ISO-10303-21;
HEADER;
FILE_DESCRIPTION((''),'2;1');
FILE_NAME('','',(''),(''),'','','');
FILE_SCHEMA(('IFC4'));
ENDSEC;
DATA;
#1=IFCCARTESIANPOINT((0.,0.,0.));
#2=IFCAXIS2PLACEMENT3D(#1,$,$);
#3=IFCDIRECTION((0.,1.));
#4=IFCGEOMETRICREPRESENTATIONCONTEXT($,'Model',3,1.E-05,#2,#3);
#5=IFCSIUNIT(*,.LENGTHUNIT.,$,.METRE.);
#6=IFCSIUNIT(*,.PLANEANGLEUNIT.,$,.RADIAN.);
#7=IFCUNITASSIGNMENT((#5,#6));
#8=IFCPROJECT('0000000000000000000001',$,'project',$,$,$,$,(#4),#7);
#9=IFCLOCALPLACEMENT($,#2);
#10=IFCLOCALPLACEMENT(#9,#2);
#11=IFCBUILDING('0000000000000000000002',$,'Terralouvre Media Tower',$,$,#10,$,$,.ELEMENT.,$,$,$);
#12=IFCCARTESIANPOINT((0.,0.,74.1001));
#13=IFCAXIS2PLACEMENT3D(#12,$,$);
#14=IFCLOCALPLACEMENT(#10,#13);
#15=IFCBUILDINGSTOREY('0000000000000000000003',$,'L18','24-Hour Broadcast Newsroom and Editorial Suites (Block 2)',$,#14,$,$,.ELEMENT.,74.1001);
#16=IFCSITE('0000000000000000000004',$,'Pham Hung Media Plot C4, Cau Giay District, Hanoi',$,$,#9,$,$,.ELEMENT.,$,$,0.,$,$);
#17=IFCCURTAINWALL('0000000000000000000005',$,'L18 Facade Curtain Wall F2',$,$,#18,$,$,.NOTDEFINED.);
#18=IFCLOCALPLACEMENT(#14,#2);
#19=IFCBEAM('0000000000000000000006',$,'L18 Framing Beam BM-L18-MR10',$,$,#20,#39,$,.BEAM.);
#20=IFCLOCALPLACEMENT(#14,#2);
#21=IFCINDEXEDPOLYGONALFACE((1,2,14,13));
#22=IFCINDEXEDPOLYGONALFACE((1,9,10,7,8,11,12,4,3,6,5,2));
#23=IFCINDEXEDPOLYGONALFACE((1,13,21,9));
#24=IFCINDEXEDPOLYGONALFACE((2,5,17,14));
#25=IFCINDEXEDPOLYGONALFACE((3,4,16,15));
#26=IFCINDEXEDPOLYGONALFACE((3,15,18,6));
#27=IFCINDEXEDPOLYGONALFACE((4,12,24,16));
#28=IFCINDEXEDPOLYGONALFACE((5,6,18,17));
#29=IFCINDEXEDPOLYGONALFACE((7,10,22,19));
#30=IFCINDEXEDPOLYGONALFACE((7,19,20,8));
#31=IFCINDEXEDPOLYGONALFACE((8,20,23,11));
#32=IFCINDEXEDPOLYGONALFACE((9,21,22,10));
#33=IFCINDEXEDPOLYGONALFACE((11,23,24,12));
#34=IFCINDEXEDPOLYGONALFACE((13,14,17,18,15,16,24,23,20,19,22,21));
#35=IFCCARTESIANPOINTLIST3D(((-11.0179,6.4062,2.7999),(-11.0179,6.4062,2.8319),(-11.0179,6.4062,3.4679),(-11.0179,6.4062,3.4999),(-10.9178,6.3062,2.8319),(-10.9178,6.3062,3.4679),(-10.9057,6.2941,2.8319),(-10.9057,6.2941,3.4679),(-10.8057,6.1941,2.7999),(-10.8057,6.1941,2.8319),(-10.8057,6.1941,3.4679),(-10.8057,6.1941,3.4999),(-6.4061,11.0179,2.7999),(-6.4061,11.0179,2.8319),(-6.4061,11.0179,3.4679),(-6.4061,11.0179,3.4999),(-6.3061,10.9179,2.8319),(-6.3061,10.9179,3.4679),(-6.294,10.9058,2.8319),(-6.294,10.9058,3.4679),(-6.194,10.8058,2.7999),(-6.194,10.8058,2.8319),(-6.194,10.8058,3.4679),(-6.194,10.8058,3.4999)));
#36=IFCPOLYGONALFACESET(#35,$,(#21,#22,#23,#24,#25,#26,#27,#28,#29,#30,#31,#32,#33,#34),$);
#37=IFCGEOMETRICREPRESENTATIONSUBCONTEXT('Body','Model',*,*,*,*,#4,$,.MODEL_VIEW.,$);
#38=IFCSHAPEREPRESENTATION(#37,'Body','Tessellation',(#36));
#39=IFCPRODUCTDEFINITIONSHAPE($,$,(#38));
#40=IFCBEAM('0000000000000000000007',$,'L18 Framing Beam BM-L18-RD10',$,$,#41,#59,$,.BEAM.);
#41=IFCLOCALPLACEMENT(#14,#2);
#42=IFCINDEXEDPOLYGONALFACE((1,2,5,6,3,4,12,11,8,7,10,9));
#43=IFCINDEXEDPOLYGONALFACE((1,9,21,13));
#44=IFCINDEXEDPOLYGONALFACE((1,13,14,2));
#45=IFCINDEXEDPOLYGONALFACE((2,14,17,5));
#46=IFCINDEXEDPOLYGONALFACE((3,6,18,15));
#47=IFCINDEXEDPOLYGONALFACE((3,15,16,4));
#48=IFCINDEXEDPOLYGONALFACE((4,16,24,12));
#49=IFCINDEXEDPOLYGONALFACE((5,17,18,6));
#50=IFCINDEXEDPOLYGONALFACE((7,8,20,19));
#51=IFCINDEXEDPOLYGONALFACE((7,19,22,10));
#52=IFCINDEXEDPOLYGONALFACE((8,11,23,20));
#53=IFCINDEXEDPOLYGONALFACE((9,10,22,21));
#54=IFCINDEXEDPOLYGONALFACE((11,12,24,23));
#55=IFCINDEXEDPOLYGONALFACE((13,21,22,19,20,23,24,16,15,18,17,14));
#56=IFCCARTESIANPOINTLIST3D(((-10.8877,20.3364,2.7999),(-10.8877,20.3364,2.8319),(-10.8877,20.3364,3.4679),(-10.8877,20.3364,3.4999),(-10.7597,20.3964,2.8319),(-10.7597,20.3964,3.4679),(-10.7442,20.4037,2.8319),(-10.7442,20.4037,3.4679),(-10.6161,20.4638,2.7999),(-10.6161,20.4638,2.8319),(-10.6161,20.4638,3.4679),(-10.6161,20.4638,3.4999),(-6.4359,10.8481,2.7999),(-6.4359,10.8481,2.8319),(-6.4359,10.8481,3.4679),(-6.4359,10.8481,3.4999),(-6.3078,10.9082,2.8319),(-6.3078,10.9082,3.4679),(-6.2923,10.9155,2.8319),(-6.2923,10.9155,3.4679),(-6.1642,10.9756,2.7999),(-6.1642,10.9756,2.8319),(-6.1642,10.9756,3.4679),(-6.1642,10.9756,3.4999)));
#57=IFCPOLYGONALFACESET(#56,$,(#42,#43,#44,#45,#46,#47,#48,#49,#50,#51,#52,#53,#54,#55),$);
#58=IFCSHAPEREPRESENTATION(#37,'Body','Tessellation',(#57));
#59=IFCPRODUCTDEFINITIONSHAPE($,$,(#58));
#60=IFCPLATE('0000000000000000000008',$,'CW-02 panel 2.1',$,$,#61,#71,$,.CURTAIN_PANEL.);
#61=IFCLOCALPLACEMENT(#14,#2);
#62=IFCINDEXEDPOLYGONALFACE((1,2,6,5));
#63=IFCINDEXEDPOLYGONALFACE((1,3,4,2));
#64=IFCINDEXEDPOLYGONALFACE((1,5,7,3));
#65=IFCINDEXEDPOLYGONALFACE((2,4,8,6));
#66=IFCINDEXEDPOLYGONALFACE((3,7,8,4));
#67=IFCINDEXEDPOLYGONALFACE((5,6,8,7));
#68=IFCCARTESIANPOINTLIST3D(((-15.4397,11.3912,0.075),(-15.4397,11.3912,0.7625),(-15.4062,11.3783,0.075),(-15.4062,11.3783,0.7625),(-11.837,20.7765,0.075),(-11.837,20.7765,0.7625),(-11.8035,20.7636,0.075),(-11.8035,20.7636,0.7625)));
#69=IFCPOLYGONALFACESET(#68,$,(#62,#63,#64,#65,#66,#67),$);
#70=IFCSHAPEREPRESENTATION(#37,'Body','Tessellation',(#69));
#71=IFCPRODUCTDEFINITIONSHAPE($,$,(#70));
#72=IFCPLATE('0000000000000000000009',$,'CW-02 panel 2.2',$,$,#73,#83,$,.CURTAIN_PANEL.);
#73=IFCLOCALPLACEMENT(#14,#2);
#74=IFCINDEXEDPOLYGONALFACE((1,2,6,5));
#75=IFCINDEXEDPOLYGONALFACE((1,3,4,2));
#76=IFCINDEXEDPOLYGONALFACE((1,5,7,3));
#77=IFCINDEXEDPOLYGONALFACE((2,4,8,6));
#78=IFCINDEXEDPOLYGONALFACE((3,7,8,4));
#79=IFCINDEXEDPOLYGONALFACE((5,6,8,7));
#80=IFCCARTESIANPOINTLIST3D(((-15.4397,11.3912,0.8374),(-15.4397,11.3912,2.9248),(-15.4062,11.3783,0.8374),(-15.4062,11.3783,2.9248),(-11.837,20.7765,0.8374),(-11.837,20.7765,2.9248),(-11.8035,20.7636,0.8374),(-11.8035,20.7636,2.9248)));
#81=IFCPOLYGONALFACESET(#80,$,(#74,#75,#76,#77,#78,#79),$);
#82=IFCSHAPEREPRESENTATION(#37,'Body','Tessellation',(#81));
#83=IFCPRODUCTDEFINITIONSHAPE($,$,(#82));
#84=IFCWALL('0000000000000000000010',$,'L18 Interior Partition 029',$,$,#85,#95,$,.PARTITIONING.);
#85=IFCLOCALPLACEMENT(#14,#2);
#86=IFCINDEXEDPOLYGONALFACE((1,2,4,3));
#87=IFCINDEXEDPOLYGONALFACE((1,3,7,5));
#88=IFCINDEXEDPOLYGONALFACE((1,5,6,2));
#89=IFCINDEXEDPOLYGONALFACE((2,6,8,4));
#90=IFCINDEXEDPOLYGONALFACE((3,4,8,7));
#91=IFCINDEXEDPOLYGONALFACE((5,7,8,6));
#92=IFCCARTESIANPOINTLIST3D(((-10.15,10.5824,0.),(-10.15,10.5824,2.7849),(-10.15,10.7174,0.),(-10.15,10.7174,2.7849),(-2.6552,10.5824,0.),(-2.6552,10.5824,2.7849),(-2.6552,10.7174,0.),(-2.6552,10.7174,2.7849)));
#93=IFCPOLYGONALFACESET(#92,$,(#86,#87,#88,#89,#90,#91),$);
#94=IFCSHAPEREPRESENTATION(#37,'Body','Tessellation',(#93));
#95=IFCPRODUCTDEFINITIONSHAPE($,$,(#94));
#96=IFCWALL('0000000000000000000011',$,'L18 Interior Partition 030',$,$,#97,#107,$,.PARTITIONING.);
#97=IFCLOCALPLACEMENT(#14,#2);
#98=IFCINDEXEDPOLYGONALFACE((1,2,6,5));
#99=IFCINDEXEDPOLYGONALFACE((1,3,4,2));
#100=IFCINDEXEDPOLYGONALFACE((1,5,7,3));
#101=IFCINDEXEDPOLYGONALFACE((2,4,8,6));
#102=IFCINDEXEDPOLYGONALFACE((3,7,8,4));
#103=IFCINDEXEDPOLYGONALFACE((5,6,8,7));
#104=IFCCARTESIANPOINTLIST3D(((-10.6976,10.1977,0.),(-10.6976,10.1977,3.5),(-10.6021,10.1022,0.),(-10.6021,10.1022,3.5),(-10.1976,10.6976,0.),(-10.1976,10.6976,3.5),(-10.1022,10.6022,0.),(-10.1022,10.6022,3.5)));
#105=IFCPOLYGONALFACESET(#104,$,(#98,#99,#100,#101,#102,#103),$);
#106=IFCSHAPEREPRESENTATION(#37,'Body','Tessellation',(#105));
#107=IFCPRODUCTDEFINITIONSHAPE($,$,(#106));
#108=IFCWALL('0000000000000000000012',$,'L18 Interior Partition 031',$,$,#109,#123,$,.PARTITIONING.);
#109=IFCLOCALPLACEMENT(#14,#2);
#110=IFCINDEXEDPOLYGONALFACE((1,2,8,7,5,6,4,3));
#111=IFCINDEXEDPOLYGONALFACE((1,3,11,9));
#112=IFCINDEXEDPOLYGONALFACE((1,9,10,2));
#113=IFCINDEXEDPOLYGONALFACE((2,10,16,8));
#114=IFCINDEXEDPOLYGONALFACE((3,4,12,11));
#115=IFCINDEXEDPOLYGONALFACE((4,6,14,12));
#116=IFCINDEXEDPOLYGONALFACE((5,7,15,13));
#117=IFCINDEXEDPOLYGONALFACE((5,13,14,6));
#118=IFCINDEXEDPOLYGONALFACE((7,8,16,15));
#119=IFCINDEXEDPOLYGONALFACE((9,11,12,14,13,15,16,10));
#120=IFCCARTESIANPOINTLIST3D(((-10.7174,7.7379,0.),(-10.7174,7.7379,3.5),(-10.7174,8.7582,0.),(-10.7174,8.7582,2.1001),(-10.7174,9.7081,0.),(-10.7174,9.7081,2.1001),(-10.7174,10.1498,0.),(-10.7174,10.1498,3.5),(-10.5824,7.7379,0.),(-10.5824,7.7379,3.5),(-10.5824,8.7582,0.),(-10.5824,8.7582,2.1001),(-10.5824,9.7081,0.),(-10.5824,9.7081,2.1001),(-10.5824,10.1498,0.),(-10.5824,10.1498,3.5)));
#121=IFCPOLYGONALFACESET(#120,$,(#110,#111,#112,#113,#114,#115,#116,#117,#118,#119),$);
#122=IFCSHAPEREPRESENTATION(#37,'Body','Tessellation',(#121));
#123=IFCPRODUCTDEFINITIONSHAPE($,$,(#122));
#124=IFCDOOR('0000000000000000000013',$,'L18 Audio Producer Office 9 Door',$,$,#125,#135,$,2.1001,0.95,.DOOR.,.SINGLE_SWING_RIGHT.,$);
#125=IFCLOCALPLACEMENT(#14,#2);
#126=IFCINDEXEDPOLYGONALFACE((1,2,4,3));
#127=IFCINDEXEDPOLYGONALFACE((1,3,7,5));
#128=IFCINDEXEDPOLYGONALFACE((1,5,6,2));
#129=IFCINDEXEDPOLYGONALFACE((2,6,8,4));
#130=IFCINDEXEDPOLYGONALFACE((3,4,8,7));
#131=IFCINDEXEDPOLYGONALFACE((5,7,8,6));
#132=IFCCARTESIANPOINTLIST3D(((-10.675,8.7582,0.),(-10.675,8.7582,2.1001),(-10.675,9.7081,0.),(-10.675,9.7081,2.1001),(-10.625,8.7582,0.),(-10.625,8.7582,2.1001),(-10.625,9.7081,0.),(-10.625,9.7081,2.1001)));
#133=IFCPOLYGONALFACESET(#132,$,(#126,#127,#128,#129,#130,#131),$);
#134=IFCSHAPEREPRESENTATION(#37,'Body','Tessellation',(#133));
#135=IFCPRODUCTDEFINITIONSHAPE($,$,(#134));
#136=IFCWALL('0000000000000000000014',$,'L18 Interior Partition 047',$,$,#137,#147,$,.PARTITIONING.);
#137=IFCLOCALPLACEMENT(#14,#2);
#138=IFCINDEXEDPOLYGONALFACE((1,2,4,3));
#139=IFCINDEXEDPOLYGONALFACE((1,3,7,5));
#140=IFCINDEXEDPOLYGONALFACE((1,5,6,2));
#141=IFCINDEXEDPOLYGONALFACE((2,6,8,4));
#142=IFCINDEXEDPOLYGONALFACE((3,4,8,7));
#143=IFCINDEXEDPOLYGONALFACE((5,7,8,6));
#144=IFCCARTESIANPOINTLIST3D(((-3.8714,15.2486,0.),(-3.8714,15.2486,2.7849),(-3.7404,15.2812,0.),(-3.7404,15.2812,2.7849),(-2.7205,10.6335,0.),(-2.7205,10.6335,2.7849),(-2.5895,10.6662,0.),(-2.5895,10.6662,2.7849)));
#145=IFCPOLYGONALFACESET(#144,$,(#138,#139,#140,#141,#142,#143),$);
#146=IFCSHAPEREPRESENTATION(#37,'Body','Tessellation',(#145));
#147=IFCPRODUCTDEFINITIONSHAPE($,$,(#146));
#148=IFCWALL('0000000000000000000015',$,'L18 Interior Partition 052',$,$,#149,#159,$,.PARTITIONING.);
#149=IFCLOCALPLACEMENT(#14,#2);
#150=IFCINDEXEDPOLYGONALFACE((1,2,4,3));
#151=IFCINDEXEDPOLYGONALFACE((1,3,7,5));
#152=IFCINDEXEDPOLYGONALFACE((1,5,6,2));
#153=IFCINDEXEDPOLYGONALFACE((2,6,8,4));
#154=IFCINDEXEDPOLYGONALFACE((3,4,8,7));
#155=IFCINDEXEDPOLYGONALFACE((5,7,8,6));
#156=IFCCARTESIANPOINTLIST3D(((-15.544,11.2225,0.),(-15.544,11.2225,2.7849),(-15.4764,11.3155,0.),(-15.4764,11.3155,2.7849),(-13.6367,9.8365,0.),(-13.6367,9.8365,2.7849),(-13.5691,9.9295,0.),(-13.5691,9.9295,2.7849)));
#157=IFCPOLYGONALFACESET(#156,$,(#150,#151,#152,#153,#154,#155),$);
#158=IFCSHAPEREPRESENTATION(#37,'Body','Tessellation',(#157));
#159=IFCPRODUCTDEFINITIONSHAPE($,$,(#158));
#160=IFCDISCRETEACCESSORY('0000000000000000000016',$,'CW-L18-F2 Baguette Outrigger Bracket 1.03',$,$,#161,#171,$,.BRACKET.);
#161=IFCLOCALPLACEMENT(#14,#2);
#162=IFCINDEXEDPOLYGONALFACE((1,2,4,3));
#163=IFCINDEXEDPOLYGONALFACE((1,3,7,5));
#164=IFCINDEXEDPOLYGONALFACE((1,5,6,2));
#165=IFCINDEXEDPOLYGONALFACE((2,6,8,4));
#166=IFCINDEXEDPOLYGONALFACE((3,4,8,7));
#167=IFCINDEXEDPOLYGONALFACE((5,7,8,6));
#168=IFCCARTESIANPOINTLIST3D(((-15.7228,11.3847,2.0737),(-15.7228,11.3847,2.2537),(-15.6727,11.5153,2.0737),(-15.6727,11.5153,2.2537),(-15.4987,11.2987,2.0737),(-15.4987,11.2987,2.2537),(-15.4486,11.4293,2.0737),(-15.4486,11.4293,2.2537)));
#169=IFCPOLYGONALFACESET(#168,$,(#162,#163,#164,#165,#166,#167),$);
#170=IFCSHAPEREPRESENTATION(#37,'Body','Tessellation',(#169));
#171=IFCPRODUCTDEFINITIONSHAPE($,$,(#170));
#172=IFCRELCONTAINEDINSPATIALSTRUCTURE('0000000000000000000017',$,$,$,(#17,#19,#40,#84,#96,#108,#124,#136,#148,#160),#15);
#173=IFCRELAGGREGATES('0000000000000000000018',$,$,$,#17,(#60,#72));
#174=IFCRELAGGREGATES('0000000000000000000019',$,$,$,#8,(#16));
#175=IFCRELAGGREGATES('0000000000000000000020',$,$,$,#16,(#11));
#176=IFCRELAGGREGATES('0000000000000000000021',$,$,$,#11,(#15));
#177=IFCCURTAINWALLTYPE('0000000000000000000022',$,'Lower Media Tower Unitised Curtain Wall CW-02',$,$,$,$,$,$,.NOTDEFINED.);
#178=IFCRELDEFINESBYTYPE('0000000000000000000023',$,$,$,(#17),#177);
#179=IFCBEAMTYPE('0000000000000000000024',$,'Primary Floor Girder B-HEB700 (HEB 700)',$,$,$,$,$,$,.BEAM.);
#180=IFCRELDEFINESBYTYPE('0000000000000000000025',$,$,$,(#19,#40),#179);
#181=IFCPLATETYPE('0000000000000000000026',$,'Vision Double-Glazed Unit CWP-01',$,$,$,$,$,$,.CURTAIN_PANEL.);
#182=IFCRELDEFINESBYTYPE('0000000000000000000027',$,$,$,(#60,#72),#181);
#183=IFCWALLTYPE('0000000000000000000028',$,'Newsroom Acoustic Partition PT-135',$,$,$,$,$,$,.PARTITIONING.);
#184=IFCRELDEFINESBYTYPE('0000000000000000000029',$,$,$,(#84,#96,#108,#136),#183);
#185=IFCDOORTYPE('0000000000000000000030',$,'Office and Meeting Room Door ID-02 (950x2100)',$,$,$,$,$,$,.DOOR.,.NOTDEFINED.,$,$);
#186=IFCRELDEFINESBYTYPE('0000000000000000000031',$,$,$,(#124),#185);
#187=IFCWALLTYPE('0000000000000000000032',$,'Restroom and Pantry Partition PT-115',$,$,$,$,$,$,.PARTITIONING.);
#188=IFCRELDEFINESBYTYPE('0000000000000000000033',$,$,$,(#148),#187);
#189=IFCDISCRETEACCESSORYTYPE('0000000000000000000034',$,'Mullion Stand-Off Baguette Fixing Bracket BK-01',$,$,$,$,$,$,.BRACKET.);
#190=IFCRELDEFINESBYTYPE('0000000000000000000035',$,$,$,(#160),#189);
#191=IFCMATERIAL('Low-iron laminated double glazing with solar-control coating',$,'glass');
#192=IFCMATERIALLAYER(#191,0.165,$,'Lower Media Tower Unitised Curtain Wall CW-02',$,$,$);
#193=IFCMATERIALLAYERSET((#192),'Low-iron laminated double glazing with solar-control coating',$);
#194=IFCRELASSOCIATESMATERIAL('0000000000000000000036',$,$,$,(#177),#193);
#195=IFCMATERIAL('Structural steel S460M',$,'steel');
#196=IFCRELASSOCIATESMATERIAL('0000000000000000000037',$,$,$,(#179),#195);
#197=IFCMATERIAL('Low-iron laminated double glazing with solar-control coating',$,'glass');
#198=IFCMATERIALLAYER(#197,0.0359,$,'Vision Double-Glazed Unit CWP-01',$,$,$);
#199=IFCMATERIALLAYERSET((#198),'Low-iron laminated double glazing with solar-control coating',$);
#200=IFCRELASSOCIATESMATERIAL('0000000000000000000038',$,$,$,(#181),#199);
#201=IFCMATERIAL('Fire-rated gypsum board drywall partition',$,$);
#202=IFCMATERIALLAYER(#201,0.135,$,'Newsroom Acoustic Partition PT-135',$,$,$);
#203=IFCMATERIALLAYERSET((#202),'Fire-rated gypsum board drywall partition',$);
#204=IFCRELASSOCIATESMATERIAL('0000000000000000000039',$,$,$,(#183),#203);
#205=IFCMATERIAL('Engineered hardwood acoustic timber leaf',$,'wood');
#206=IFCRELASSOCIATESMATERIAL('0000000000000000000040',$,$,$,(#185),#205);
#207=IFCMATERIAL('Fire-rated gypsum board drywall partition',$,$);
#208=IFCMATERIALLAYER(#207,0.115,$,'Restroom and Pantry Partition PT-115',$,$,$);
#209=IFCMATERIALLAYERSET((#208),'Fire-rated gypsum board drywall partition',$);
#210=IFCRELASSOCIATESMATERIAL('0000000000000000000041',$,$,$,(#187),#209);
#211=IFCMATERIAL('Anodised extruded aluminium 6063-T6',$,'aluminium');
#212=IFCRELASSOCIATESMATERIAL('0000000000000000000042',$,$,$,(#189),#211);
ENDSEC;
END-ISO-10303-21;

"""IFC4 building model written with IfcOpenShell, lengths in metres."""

from ifc_helpers import new_model, si_unit, direction, frame, frame_2d, origin, origin_2d, place, context, subcontext, project, spatial, rectangle, i_section, extrude, material, layer, layer_set, material_profile, profile_set, type_object, element, fill, aggregate, save


model = new_model("IFC4")

# Units and contexts
model_context = context("Model", 3, precision=1e-05, world=origin(), true_north=direction((0.0, 1.0)))
body_context = subcontext(model_context, "Body", "Model", "MODEL_VIEW")
ifc_project = project(units=[si_unit("LENGTHUNIT", "METRE"), si_unit("PLANEANGLEUNIT", "RADIAN")], contexts=[model_context])

# Site, building, storey
site_placement = place(None, origin())
site = spatial("IfcSite", under=ifc_project, at=site_placement, Name="Pham Hung Media Plot C4, Cau Giay District, Hanoi", CompositionType="ELEMENT", RefElevation=0.0)
building_placement = place(site_placement, origin())
building = spatial("IfcBuilding", under=site, at=building_placement, Name="Terralouvre Media Tower", CompositionType="ELEMENT")
storey_placement = place(building_placement, frame((0.0, 0.0, 74.1001)))
storey = spatial("IfcBuildingStorey", under=building, at=storey_placement, Name="L18", Description="24-Hour Broadcast Newsroom and Editorial Suites (Block 2)", CompositionType="ELEMENT", Elevation=74.1001)

# Curtain wall
ifc_material_1 = material(Name="Low-iron laminated double glazing with solar-control coating", Category="glass")
ifc_layer_1 = layer(ifc_material_1, 0.165, Name="Lower Media Tower Unitised Curtain Wall CW-02")
ifc_layer_set_1 = layer_set([ifc_layer_1], Name="Low-iron laminated double glazing with solar-control coating")
curtain_wall_type = type_object("IfcCurtainWallType", Name="Lower Media Tower Unitised Curtain Wall CW-02", PredefinedType="NOTDEFINED", material=ifc_layer_set_1)
curtain_wall_placement = place(storey_placement, origin())
curtain_wall = element("IfcCurtainWall", 1, at=curtain_wall_placement, inside=storey, type_object=curtain_wall_type, Name="L18 Facade Curtain Wall F2", PredefinedType="NOTDEFINED")

# Beams
ifc_material_2 = material(Name="Structural steel S460M", Category="steel")
ifc_material_profile_1 = material_profile(ifc_material_2, i_section(OverallWidth=0.3, OverallDepth=0.7, WebThickness=0.0171, FlangeThickness=0.032, at=origin_2d()), Name="HEB 700")
ifc_profile_set_1 = profile_set([ifc_material_profile_1], Name="Structural steel S460M")
beam_type_1 = type_object("IfcBeamType", Name="Primary Floor Girder B-HEB700 (HEB 700)", PredefinedType="BEAM", material=ifc_profile_set_1)
beam_1_placement = place(storey_placement, frame((-6.3, 10.9119, 3.1499), z_axis=(-0.707107, -0.707107, 0.0), x_axis=(0.707107, -0.707107, 0.0)))
element("IfcBeam", 2, at=beam_1_placement, inside=storey, type_object=beam_type_1, Name="L18 Framing Beam BM-L18-MR10", PredefinedType="BEAM", context=body_context, shape_type="SweptSolid", body=[
    extrude(i_section(OverallWidth=0.3, OverallDepth=0.7, WebThickness=0.0171, FlangeThickness=0.032, at=origin_2d()), origin(), (0.0, 0.0, 1.0), 6.522),
])
beam_2_placement = place(storey_placement, frame((-6.3, 10.9119, 3.1499), z_axis=(-0.424768, 0.905302, 0.0), x_axis=(-0.905302, -0.424768, 0.0)))
element("IfcBeam", 3, at=beam_2_placement, inside=storey, type_object=beam_type_1, Name="L18 Framing Beam BM-L18-RD10", PredefinedType="BEAM", context=body_context, shape_type="SweptSolid", body=[
    extrude(i_section(OverallWidth=0.3, OverallDepth=0.7, WebThickness=0.0171, FlangeThickness=0.032, at=origin_2d()), origin(), (0.0, 0.0, 1.0), 10.4807),
])

# Plates
ifc_material_3 = material(Name="Low-iron laminated double glazing with solar-control coating", Category="glass")
ifc_layer_2 = layer(ifc_material_3, 0.0359, Name="Vision Double-Glazed Unit CWP-01")
ifc_layer_set_2 = layer_set([ifc_layer_2], Name="Low-iron laminated double glazing with solar-control coating")
plate_type = type_object("IfcPlateType", Name="Vision Double-Glazed Unit CWP-01", PredefinedType="CURTAIN_PANEL", material=ifc_layer_set_2)
plate_1_placement = place(storey_placement, frame((-13.6216, 16.0774, 0.075), z_axis=(0.0, 0.0, 1.0), x_axis=(-0.358368, -0.93358, 0.0)))
plate_1 = element("IfcPlate", 4, at=plate_1_placement, type_object=plate_type, Name="CW-02 panel 2.1", PredefinedType="CURTAIN_PANEL", context=body_context, shape_type="SweptSolid", body=[
    extrude(rectangle(XDim=10.053, YDim=0.0359, at=origin_2d()), origin(), (0.0, 0.0, 1.0), 0.6875),
])
plate_2_placement = place(storey_placement, frame((-13.6216, 16.0774, 0.8374), z_axis=(0.0, 0.0, 1.0), x_axis=(-0.358368, -0.93358, 0.0)))
plate_2 = element("IfcPlate", 5, at=plate_2_placement, type_object=plate_type, Name="CW-02 panel 2.2", PredefinedType="CURTAIN_PANEL", context=body_context, shape_type="SweptSolid", body=[
    extrude(rectangle(XDim=10.053, YDim=0.0359, at=origin_2d()), origin(), (0.0, 0.0, 1.0), 2.0874),
])
aggregate(curtain_wall, [plate_1, plate_2])

# Walls
ifc_material_4 = material(Name="Fire-rated gypsum board drywall partition")
ifc_layer_3 = layer(ifc_material_4, 0.135, Name="Newsroom Acoustic Partition PT-135")
ifc_layer_set_3 = layer_set([ifc_layer_3], Name="Fire-rated gypsum board drywall partition")
wall_type_1 = type_object("IfcWallType", Name="Newsroom Acoustic Partition PT-135", PredefinedType="PARTITIONING", material=ifc_layer_set_3)
wall_1_placement = place(storey_placement, frame((-2.655, 10.6499, 0.0), z_axis=(0.0, 0.0, 1.0), x_axis=(-1.0, 0.0, 0.0)))
element("IfcWall", 6, at=wall_1_placement, inside=storey, type_object=wall_type_1, Name="L18 Interior Partition 029", PredefinedType="PARTITIONING", context=body_context, shape_type="SweptSolid", body=[
    extrude(rectangle(XDim=7.4949, YDim=0.135, at=frame_2d((3.7476, 0.0))), origin(), (0.0, 0.0, 1.0), 2.7849),
])
wall_2_placement = place(storey_placement, frame((-10.1499, 10.6499, 0.0), z_axis=(0.0, 0.0, 1.0), x_axis=(-0.707107, -0.707107, 0.0)))
element("IfcWall", 7, at=wall_2_placement, inside=storey, type_object=wall_type_1, Name="L18 Interior Partition 030", PredefinedType="PARTITIONING", context=body_context, shape_type="SweptSolid", body=[
    extrude(rectangle(XDim=0.707, YDim=0.135, at=frame_2d((0.3535, 0.0))), origin(), (0.0, 0.0, 1.0), 3.5),
])

# Wall, opening, door
wall_3_placement = place(storey_placement, frame((-10.6499, 10.1499, 0.0), z_axis=(0.0, 0.0, 1.0), x_axis=(0.0, -1.0, 0.0)))
wall_3 = element("IfcWall", 8, at=wall_3_placement, inside=storey, type_object=wall_type_1, Name="L18 Interior Partition 031", PredefinedType="PARTITIONING", context=body_context, shape_type="SweptSolid", body=[
    extrude(rectangle(XDim=2.4119, YDim=0.135, at=frame_2d((1.2061, 0.0))), origin(), (0.0, 0.0, 1.0), 3.5),
])
opening_placement = place(wall_3_placement, frame((0.4417, 0.0, 0.0)))
opening = element("IfcOpeningElement", 9, at=opening_placement, cuts=wall_3, PredefinedType="OPENING", context=body_context, shape_type="SweptSolid", body=[
    extrude(rectangle(XDim=0.95, YDim=2.1001, at=frame_2d((0.4751, 1.05))), frame((0.0, 0.0774, 0.0), z_axis=(0.0, -1.0, 0.0), x_axis=(1.0, 0.0, 0.0)), (0.0, 0.0, 1.0), 0.155),
])
ifc_material_5 = material(Name="Engineered hardwood acoustic timber leaf", Category="wood")
door_type = type_object("IfcDoorType", Name="Office and Meeting Room Door ID-02 (950x2100)", OperationType="NOTDEFINED", PredefinedType="DOOR", material=ifc_material_5)
door_placement = place(opening_placement, origin())
door = element("IfcDoor", 10, at=door_placement, inside=storey, type_object=door_type, Name="L18 Audio Producer Office 9 Door", OperationType="SINGLE_SWING_RIGHT", OverallHeight=2.1001, OverallWidth=0.95, PredefinedType="DOOR", context=body_context, shape_type="SweptSolid", body=[
    extrude(rectangle(XDim=0.95, YDim=2.1001, at=frame_2d((0.4751, 1.05))), frame((0.0, 0.0249, 0.0), z_axis=(0.0, -1.0, 0.0), x_axis=(1.0, 0.0, 0.0)), (0.0, 0.0, 1.0), 0.05),
])
fill(opening, door)

# Walls
wall_4_placement = place(storey_placement, frame((-3.8059, 15.2649, 0.0), z_axis=(0.0, 0.0, 1.0), x_axis=(0.241968, -0.970284, 0.0)))
element("IfcWall", 11, at=wall_4_placement, inside=storey, type_object=wall_type_1, Name="L18 Interior Partition 047", PredefinedType="PARTITIONING", context=body_context, shape_type="SweptSolid", body=[
    extrude(rectangle(XDim=4.7563, YDim=0.135, at=frame_2d((2.3782, 0.0))), origin(), (0.0, 0.0, 1.0), 2.7849),
])
ifc_material_6 = material(Name="Fire-rated gypsum board drywall partition")
ifc_layer_4 = layer(ifc_material_6, 0.115, Name="Restroom and Pantry Partition PT-115")
ifc_layer_set_4 = layer_set([ifc_layer_4], Name="Fire-rated gypsum board drywall partition")
wall_type_2 = type_object("IfcWallType", Name="Restroom and Pantry Partition PT-115", PredefinedType="PARTITIONING", material=ifc_layer_set_4)
wall_5_placement = place(storey_placement, frame((-13.603, 9.8831, 0.0), z_axis=(0.0, 0.0, 1.0), x_axis=(-0.808955, 0.58787, 0.0)))
element("IfcWall", 12, at=wall_5_placement, inside=storey, type_object=wall_type_2, Name="L18 Interior Partition 052", PredefinedType="PARTITIONING", context=body_context, shape_type="SweptSolid", body=[
    extrude(rectangle(XDim=2.3577, YDim=0.115, at=frame_2d((1.1787, 0.0))), origin(), (0.0, 0.0, 1.0), 2.7849),
])

# Discrete accessory
ifc_material_7 = material(Name="Anodised extruded aluminium 6063-T6", Category="aluminium")
discrete_accessory_type = type_object("IfcDiscreteAccessoryType", Name="Mullion Stand-Off Baguette Fixing Bracket BK-01", PredefinedType="BRACKET", material=ifc_material_7)
discrete_accessory_placement = place(storey_placement, frame((-15.5857, 11.407, 2.0737), z_axis=(0.0, 0.0, 1.0), x_axis=(-0.358368, -0.93358, 0.0)))
element("IfcDiscreteAccessory", 13, at=discrete_accessory_placement, inside=storey, type_object=discrete_accessory_type, Name="CW-L18-F2 Baguette Outrigger Bracket 1.03", PredefinedType="BRACKET", context=body_context, shape_type="SweptSolid", body=[
    extrude(rectangle(XDim=0.1399, YDim=0.24, at=origin_2d()), origin(), (0.0, 0.0, 1.0), 0.1799),
])

save(model, "model.ifc")
